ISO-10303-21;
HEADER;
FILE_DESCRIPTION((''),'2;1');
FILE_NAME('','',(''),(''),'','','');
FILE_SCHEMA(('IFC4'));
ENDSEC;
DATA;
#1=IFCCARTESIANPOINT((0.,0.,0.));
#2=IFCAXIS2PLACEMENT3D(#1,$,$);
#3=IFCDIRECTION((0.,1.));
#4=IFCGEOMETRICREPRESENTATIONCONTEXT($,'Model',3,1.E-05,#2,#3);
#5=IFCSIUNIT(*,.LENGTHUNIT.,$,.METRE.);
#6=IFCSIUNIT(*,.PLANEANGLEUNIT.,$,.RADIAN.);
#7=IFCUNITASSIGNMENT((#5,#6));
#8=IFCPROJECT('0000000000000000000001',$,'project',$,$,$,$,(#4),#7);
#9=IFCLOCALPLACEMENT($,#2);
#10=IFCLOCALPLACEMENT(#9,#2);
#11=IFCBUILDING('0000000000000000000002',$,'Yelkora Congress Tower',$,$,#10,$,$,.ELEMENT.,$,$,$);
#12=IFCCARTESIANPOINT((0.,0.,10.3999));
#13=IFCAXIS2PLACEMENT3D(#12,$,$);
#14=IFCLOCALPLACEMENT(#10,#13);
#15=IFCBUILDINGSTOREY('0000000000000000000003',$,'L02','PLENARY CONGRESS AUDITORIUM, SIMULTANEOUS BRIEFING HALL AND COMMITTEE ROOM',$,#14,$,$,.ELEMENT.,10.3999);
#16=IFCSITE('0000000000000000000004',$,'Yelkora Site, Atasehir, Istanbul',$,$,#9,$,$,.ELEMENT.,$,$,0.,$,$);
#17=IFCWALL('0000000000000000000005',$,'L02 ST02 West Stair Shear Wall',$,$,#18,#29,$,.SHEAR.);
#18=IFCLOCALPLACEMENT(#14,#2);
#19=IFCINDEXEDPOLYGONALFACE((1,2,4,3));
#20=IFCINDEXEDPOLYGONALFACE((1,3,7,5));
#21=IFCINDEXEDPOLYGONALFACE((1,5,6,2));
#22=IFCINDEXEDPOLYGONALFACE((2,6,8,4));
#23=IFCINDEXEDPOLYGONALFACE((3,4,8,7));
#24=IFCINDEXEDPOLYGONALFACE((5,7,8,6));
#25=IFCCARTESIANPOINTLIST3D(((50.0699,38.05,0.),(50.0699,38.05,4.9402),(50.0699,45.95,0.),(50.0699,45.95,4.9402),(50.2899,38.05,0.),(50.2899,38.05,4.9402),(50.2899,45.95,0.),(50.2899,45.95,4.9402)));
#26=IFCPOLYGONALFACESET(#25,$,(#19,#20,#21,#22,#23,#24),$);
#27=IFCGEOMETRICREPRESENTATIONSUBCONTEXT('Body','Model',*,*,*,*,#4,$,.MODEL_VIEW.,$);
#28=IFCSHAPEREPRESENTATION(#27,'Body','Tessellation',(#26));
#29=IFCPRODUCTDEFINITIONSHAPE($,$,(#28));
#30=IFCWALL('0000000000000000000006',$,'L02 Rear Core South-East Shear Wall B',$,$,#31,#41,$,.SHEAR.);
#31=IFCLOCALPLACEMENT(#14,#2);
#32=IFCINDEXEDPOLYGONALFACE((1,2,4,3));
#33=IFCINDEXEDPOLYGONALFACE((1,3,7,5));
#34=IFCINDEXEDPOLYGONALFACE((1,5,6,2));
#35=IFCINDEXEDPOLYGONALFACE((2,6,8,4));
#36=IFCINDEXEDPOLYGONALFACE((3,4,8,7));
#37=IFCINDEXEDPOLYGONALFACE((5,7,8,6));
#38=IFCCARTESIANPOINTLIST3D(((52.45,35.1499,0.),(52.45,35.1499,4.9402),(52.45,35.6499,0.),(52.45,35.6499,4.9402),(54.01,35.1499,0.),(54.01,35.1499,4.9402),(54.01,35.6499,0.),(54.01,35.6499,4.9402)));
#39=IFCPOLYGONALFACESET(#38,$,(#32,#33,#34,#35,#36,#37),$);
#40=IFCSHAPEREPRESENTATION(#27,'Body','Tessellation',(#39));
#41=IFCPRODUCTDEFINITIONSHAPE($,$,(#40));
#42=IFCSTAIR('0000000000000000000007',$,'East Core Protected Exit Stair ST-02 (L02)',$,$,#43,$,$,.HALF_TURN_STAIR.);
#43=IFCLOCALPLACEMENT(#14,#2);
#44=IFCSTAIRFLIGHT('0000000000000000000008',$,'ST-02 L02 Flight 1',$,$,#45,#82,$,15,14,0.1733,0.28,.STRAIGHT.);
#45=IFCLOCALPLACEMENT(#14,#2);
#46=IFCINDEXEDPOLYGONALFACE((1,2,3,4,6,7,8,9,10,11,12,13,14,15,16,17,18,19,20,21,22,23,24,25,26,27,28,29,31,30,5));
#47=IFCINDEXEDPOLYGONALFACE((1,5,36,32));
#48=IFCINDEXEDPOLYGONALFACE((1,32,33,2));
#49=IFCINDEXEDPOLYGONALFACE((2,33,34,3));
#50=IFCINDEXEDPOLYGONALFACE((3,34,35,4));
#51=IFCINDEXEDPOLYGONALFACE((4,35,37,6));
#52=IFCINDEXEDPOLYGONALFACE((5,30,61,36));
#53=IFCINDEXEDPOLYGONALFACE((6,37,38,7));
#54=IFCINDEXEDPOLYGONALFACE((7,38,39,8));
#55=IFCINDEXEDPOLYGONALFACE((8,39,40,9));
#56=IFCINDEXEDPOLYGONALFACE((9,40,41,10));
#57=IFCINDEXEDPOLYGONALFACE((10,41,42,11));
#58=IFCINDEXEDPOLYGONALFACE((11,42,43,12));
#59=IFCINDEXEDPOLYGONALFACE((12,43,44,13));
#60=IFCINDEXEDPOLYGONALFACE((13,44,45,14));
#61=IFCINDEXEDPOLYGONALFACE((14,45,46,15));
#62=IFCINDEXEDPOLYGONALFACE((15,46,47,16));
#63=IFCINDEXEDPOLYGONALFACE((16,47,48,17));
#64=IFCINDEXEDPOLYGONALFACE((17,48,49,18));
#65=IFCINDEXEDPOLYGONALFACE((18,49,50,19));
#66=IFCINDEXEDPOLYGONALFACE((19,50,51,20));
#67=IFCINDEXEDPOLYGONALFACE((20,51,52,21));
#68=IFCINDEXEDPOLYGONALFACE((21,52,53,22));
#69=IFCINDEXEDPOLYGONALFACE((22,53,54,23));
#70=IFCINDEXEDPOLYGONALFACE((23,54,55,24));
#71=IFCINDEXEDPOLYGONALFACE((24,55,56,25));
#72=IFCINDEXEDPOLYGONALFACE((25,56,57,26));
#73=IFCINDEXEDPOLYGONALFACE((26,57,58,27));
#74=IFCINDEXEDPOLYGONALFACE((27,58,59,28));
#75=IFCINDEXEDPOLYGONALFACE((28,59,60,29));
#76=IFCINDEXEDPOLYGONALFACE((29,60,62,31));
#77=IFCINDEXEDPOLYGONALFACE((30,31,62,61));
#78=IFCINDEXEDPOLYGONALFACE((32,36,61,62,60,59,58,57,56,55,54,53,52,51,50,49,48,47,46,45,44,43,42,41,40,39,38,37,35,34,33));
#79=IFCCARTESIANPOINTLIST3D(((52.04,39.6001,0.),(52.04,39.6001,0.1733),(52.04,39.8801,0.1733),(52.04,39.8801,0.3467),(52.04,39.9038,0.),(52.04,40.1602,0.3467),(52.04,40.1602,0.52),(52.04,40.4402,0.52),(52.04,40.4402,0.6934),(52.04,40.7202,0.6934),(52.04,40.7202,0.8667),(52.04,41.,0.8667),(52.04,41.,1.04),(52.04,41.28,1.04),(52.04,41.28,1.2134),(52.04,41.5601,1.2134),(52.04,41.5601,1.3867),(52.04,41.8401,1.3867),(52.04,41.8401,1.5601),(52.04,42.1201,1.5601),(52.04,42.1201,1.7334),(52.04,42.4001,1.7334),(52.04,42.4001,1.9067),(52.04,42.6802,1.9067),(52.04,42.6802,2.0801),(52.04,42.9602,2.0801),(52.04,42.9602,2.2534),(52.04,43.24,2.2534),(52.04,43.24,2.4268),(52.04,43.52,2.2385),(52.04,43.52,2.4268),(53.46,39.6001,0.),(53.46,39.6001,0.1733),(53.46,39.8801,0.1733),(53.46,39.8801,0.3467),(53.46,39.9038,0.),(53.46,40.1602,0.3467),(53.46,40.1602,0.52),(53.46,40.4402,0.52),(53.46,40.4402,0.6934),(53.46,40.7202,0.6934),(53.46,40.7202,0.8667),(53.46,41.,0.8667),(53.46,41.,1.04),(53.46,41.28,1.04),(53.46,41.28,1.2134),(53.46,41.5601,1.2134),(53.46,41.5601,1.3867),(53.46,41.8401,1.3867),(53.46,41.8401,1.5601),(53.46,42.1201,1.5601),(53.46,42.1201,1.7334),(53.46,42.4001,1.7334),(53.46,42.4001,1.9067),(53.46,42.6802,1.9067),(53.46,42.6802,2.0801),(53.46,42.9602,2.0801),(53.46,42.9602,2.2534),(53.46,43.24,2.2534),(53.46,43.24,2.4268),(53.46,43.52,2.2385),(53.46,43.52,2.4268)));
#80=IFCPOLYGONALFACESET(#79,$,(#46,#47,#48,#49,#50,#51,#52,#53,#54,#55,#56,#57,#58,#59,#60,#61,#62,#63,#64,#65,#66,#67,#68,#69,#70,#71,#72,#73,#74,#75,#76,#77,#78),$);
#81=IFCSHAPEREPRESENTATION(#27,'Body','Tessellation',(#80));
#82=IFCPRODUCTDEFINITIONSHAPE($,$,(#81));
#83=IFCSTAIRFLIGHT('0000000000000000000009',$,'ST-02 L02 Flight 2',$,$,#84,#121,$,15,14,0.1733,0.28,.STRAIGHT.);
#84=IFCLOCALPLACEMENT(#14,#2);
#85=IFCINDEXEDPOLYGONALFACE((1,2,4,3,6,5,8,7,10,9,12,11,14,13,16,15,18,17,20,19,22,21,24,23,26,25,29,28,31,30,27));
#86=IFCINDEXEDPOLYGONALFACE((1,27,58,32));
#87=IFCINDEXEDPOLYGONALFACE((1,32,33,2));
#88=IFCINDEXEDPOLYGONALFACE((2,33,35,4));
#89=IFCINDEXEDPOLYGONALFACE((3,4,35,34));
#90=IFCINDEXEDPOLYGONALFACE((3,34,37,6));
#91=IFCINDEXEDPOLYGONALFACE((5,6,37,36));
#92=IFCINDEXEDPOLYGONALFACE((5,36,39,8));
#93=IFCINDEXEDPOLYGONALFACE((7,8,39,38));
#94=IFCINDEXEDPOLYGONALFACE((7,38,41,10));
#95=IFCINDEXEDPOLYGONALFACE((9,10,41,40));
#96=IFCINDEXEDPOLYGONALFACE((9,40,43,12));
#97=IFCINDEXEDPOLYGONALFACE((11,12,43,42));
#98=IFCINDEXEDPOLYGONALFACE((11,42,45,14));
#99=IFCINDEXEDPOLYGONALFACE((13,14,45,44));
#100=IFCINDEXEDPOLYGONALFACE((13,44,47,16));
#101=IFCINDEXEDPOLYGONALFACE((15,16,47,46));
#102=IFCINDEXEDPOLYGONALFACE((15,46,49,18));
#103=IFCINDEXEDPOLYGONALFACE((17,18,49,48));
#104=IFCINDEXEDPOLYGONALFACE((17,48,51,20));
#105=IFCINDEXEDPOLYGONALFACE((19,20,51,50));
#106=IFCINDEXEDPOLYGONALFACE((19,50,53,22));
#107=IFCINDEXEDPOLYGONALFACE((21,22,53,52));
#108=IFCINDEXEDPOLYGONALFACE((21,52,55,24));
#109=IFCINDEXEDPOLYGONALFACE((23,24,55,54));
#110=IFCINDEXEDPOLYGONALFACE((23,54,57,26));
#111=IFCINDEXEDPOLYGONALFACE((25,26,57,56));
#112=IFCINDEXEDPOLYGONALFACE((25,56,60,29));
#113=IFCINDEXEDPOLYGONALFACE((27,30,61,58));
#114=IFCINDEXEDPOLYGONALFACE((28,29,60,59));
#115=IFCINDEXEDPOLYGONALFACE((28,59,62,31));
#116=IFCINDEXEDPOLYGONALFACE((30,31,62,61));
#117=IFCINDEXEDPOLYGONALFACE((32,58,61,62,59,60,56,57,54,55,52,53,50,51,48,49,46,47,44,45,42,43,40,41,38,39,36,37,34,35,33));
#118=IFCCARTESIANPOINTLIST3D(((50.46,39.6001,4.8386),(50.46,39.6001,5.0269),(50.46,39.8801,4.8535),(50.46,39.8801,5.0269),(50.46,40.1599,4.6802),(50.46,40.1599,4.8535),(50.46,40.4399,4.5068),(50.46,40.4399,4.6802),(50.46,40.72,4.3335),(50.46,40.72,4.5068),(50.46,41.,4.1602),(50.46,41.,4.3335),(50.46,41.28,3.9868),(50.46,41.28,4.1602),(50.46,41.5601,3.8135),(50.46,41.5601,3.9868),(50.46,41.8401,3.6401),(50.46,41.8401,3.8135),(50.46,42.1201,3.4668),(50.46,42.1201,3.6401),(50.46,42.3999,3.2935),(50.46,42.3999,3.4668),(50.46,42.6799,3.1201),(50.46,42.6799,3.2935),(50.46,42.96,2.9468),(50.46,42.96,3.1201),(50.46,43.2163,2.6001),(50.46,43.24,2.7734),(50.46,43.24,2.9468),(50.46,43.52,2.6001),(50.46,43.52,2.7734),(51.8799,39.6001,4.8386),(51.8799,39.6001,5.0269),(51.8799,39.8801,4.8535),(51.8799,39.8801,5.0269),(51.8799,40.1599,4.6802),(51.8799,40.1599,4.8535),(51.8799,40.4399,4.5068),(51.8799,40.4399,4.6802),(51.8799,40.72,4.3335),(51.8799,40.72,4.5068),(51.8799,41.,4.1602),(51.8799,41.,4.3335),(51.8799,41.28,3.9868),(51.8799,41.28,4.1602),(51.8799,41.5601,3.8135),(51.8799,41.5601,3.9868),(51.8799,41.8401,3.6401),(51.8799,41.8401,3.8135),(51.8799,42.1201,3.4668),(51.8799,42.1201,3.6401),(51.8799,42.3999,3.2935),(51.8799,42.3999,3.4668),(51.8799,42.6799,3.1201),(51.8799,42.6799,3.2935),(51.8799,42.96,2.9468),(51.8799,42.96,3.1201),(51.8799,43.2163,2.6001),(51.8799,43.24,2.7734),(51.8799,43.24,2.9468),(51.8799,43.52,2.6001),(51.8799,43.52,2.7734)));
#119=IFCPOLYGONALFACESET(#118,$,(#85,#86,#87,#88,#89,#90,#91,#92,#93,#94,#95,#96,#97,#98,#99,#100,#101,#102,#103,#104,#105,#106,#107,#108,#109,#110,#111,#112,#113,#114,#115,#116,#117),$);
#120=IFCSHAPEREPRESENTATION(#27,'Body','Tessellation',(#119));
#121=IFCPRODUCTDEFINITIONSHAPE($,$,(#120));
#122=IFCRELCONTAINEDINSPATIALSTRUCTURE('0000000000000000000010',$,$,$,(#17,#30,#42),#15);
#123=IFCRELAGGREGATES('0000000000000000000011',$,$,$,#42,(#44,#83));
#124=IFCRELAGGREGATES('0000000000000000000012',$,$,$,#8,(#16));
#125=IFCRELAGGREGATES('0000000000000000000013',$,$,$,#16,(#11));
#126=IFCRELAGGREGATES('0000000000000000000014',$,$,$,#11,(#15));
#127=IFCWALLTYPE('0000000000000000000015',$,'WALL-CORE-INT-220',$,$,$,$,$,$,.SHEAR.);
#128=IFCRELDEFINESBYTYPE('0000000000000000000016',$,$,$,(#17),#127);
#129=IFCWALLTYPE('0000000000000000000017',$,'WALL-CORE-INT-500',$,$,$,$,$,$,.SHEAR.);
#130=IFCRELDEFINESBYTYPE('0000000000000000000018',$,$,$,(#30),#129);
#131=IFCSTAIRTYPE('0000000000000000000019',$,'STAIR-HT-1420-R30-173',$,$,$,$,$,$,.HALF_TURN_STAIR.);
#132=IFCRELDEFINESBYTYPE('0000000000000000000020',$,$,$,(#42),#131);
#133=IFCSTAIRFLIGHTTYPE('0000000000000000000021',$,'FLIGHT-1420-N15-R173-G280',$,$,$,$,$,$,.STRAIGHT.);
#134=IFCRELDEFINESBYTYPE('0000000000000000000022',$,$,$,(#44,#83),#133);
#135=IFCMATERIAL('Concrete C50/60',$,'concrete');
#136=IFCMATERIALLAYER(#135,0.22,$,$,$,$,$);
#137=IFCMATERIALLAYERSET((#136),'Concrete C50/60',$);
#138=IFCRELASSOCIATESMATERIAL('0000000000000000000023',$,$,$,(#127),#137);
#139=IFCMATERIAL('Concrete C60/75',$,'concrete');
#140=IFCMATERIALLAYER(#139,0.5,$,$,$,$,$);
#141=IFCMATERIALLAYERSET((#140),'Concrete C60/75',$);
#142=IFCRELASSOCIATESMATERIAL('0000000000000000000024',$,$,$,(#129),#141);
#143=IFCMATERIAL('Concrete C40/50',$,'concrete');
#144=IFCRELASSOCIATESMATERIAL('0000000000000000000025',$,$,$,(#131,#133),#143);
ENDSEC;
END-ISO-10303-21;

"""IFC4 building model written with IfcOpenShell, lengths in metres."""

from ifc_helpers import new_model, si_unit, direction, frame, frame_2d, origin, place, context, subcontext, project, spatial, polyline, rectangle, outline, extrude, material, layer, layer_set, type_object, element, aggregate, save


model = new_model("IFC4")

# Units and contexts
model_context = context("Model", 3, precision=1e-05, world=origin(), true_north=direction((0.0, 1.0)))
body_context = subcontext(model_context, "Body", "Model", "MODEL_VIEW")
ifc_project = project(units=[si_unit("LENGTHUNIT", "METRE"), si_unit("PLANEANGLEUNIT", "RADIAN")], contexts=[model_context])

# Site, building, storey
site_placement = place(None, origin())
site = spatial("IfcSite", under=ifc_project, at=site_placement, Name="Yelkora Site, Atasehir, Istanbul", CompositionType="ELEMENT", RefElevation=0.0)
building_placement = place(site_placement, origin())
building = spatial("IfcBuilding", under=site, at=building_placement, Name="Yelkora Congress Tower", CompositionType="ELEMENT")
storey_placement = place(building_placement, frame((0.0, 0.0, 10.3999)))
storey = spatial("IfcBuildingStorey", under=building, at=storey_placement, Name="L02", Description="PLENARY CONGRESS AUDITORIUM, SIMULTANEOUS BRIEFING HALL AND COMMITTEE ROOM", CompositionType="ELEMENT", Elevation=10.3999)

# Walls
ifc_material_1 = material(Name="Concrete C50/60", Category="concrete")
ifc_layer_1 = layer(ifc_material_1, 0.22)
ifc_layer_set_1 = layer_set([ifc_layer_1], Name="Concrete C50/60")
wall_type_1 = type_object("IfcWallType", Name="WALL-CORE-INT-220", PredefinedType="SHEAR", material=ifc_layer_set_1)
wall_1_placement = place(storey_placement, frame((50.1799, 38.05, 0.0), z_axis=(0.0, 0.0, 1.0), x_axis=(0.0, 1.0, 0.0)))
element("IfcWall", 1, at=wall_1_placement, inside=storey, type_object=wall_type_1, Name="L02 ST02 West Stair Shear Wall", PredefinedType="SHEAR", context=body_context, shape_type="SweptSolid", body=[
    extrude(rectangle(XDim=7.8999, YDim=0.22, at=frame_2d((3.95, 0.0))), origin(), (0.0, 0.0, 1.0), 4.9402),
])
ifc_material_2 = material(Name="Concrete C60/75", Category="concrete")
ifc_layer_2 = layer(ifc_material_2, 0.5)
ifc_layer_set_2 = layer_set([ifc_layer_2], Name="Concrete C60/75")
wall_type_2 = type_object("IfcWallType", Name="WALL-CORE-INT-500", PredefinedType="SHEAR", material=ifc_layer_set_2)
wall_2_placement = place(storey_placement, frame((52.45, 35.3999, 0.0), z_axis=(0.0, 0.0, 1.0), x_axis=(1.0, 0.0, 0.0)))
element("IfcWall", 2, at=wall_2_placement, inside=storey, type_object=wall_type_2, Name="L02 Rear Core South-East Shear Wall B", PredefinedType="SHEAR", context=body_context, shape_type="SweptSolid", body=[
    extrude(rectangle(XDim=1.5601, YDim=0.5, at=frame_2d((0.78, 0.0))), origin(), (0.0, 0.0, 1.0), 4.9402),
])

# Stair, stair flights
ifc_material_3 = material(Name="Concrete C40/50", Category="concrete")
stair_type = type_object("IfcStairType", Name="STAIR-HT-1420-R30-173", PredefinedType="HALF_TURN_STAIR", material=ifc_material_3)
stair_placement = place(storey_placement, origin())
stair = element("IfcStair", 3, at=stair_placement, inside=storey, type_object=stair_type, Name="East Core Protected Exit Stair ST-02 (L02)", PredefinedType="HALF_TURN_STAIR")
stair_flight_type = type_object("IfcStairFlightType", Name="FLIGHT-1420-N15-R173-G280", PredefinedType="STRAIGHT", material=ifc_material_3)
stair_flight_1_placement = place(storey_placement, frame((52.75, 39.6001, 0.0), z_axis=(0.0, 0.0, 1.0), x_axis=(0.0, 1.0, 0.0)))
stair_flight_1 = element("IfcStairFlight", 4, at=stair_flight_1_placement, type_object=stair_flight_type, Name="ST-02 L02 Flight 1", NumberOfRisers=15, NumberOfTreads=14, PredefinedType="STRAIGHT", RiserHeight=0.1733, TreadLength=0.28, context=body_context, shape_type="SweptSolid", body=[
    extrude(outline(polyline([(0.0, 0.0), (0.0, 0.1733), (0.28, 0.1733), (0.28, 0.3467), (0.5601, 0.3467), (0.5601, 0.52), (0.8401, 0.52), (0.8401, 0.6934), (1.1201, 0.6934), (1.1201, 0.8667), (1.3999, 0.8667), (1.3999, 1.04), (1.6799, 1.04), (1.6799, 1.2134), (1.96, 1.2134), (1.96, 1.3867), (2.24, 1.3867), (2.24, 1.5601), (2.52, 1.5601), (2.52, 1.7334), (2.8, 1.7334), (2.8, 1.9067), (3.0801, 1.9067), (3.0801, 2.0801), (3.3601, 2.0801), (3.3601, 2.2534), (3.6399, 2.2534), (3.6399, 2.4268), (3.9199, 2.4268), (3.9199, 2.6001), (3.9199, 2.2385), (0.3037, 0.0), (0.0, 0.0)])), frame((0.0, 0.71, 0.0), z_axis=(0.0, -1.0, 0.0), x_axis=(1.0, 0.0, 0.0)), (0.0, 0.0, 1.0), 1.4199),
])
stair_flight_2_placement = place(storey_placement, frame((51.1699, 43.52, 2.6001), z_axis=(0.0, 0.0, 1.0), x_axis=(0.0, -1.0, 0.0)))
stair_flight_2 = element("IfcStairFlight", 5, at=stair_flight_2_placement, type_object=stair_flight_type, Name="ST-02 L02 Flight 2", NumberOfRisers=15, NumberOfTreads=14, PredefinedType="STRAIGHT", RiserHeight=0.1733, TreadLength=0.28, context=body_context, shape_type="SweptSolid", body=[
    extrude(outline(polyline([(0.0, 0.0), (0.0, 0.1733), (0.28, 0.1733), (0.28, 0.3467), (0.5601, 0.3467), (0.5601, 0.52), (0.8401, 0.52), (0.8401, 0.6934), (1.1201, 0.6934), (1.1201, 0.8667), (1.3999, 0.8667), (1.3999, 1.04), (1.6799, 1.04), (1.6799, 1.2134), (1.96, 1.2134), (1.96, 1.3867), (2.24, 1.3867), (2.24, 1.5601), (2.52, 1.5601), (2.52, 1.7334), (2.8, 1.7334), (2.8, 1.9067), (3.0801, 1.9067), (3.0801, 2.0801), (3.3601, 2.0801), (3.3601, 2.2534), (3.6399, 2.2534), (3.6399, 2.4268), (3.9199, 2.4268), (3.9199, 2.6001), (3.9199, 2.2385), (0.3037, 0.0), (0.0, 0.0)])), frame((0.0, 0.71, 0.0), z_axis=(0.0, -1.0, 0.0), x_axis=(1.0, 0.0, 0.0)), (0.0, 0.0, 1.0), 1.4199),
])
aggregate(stair, [stair_flight_1, stair_flight_2])

save(model, "model.ifc")
